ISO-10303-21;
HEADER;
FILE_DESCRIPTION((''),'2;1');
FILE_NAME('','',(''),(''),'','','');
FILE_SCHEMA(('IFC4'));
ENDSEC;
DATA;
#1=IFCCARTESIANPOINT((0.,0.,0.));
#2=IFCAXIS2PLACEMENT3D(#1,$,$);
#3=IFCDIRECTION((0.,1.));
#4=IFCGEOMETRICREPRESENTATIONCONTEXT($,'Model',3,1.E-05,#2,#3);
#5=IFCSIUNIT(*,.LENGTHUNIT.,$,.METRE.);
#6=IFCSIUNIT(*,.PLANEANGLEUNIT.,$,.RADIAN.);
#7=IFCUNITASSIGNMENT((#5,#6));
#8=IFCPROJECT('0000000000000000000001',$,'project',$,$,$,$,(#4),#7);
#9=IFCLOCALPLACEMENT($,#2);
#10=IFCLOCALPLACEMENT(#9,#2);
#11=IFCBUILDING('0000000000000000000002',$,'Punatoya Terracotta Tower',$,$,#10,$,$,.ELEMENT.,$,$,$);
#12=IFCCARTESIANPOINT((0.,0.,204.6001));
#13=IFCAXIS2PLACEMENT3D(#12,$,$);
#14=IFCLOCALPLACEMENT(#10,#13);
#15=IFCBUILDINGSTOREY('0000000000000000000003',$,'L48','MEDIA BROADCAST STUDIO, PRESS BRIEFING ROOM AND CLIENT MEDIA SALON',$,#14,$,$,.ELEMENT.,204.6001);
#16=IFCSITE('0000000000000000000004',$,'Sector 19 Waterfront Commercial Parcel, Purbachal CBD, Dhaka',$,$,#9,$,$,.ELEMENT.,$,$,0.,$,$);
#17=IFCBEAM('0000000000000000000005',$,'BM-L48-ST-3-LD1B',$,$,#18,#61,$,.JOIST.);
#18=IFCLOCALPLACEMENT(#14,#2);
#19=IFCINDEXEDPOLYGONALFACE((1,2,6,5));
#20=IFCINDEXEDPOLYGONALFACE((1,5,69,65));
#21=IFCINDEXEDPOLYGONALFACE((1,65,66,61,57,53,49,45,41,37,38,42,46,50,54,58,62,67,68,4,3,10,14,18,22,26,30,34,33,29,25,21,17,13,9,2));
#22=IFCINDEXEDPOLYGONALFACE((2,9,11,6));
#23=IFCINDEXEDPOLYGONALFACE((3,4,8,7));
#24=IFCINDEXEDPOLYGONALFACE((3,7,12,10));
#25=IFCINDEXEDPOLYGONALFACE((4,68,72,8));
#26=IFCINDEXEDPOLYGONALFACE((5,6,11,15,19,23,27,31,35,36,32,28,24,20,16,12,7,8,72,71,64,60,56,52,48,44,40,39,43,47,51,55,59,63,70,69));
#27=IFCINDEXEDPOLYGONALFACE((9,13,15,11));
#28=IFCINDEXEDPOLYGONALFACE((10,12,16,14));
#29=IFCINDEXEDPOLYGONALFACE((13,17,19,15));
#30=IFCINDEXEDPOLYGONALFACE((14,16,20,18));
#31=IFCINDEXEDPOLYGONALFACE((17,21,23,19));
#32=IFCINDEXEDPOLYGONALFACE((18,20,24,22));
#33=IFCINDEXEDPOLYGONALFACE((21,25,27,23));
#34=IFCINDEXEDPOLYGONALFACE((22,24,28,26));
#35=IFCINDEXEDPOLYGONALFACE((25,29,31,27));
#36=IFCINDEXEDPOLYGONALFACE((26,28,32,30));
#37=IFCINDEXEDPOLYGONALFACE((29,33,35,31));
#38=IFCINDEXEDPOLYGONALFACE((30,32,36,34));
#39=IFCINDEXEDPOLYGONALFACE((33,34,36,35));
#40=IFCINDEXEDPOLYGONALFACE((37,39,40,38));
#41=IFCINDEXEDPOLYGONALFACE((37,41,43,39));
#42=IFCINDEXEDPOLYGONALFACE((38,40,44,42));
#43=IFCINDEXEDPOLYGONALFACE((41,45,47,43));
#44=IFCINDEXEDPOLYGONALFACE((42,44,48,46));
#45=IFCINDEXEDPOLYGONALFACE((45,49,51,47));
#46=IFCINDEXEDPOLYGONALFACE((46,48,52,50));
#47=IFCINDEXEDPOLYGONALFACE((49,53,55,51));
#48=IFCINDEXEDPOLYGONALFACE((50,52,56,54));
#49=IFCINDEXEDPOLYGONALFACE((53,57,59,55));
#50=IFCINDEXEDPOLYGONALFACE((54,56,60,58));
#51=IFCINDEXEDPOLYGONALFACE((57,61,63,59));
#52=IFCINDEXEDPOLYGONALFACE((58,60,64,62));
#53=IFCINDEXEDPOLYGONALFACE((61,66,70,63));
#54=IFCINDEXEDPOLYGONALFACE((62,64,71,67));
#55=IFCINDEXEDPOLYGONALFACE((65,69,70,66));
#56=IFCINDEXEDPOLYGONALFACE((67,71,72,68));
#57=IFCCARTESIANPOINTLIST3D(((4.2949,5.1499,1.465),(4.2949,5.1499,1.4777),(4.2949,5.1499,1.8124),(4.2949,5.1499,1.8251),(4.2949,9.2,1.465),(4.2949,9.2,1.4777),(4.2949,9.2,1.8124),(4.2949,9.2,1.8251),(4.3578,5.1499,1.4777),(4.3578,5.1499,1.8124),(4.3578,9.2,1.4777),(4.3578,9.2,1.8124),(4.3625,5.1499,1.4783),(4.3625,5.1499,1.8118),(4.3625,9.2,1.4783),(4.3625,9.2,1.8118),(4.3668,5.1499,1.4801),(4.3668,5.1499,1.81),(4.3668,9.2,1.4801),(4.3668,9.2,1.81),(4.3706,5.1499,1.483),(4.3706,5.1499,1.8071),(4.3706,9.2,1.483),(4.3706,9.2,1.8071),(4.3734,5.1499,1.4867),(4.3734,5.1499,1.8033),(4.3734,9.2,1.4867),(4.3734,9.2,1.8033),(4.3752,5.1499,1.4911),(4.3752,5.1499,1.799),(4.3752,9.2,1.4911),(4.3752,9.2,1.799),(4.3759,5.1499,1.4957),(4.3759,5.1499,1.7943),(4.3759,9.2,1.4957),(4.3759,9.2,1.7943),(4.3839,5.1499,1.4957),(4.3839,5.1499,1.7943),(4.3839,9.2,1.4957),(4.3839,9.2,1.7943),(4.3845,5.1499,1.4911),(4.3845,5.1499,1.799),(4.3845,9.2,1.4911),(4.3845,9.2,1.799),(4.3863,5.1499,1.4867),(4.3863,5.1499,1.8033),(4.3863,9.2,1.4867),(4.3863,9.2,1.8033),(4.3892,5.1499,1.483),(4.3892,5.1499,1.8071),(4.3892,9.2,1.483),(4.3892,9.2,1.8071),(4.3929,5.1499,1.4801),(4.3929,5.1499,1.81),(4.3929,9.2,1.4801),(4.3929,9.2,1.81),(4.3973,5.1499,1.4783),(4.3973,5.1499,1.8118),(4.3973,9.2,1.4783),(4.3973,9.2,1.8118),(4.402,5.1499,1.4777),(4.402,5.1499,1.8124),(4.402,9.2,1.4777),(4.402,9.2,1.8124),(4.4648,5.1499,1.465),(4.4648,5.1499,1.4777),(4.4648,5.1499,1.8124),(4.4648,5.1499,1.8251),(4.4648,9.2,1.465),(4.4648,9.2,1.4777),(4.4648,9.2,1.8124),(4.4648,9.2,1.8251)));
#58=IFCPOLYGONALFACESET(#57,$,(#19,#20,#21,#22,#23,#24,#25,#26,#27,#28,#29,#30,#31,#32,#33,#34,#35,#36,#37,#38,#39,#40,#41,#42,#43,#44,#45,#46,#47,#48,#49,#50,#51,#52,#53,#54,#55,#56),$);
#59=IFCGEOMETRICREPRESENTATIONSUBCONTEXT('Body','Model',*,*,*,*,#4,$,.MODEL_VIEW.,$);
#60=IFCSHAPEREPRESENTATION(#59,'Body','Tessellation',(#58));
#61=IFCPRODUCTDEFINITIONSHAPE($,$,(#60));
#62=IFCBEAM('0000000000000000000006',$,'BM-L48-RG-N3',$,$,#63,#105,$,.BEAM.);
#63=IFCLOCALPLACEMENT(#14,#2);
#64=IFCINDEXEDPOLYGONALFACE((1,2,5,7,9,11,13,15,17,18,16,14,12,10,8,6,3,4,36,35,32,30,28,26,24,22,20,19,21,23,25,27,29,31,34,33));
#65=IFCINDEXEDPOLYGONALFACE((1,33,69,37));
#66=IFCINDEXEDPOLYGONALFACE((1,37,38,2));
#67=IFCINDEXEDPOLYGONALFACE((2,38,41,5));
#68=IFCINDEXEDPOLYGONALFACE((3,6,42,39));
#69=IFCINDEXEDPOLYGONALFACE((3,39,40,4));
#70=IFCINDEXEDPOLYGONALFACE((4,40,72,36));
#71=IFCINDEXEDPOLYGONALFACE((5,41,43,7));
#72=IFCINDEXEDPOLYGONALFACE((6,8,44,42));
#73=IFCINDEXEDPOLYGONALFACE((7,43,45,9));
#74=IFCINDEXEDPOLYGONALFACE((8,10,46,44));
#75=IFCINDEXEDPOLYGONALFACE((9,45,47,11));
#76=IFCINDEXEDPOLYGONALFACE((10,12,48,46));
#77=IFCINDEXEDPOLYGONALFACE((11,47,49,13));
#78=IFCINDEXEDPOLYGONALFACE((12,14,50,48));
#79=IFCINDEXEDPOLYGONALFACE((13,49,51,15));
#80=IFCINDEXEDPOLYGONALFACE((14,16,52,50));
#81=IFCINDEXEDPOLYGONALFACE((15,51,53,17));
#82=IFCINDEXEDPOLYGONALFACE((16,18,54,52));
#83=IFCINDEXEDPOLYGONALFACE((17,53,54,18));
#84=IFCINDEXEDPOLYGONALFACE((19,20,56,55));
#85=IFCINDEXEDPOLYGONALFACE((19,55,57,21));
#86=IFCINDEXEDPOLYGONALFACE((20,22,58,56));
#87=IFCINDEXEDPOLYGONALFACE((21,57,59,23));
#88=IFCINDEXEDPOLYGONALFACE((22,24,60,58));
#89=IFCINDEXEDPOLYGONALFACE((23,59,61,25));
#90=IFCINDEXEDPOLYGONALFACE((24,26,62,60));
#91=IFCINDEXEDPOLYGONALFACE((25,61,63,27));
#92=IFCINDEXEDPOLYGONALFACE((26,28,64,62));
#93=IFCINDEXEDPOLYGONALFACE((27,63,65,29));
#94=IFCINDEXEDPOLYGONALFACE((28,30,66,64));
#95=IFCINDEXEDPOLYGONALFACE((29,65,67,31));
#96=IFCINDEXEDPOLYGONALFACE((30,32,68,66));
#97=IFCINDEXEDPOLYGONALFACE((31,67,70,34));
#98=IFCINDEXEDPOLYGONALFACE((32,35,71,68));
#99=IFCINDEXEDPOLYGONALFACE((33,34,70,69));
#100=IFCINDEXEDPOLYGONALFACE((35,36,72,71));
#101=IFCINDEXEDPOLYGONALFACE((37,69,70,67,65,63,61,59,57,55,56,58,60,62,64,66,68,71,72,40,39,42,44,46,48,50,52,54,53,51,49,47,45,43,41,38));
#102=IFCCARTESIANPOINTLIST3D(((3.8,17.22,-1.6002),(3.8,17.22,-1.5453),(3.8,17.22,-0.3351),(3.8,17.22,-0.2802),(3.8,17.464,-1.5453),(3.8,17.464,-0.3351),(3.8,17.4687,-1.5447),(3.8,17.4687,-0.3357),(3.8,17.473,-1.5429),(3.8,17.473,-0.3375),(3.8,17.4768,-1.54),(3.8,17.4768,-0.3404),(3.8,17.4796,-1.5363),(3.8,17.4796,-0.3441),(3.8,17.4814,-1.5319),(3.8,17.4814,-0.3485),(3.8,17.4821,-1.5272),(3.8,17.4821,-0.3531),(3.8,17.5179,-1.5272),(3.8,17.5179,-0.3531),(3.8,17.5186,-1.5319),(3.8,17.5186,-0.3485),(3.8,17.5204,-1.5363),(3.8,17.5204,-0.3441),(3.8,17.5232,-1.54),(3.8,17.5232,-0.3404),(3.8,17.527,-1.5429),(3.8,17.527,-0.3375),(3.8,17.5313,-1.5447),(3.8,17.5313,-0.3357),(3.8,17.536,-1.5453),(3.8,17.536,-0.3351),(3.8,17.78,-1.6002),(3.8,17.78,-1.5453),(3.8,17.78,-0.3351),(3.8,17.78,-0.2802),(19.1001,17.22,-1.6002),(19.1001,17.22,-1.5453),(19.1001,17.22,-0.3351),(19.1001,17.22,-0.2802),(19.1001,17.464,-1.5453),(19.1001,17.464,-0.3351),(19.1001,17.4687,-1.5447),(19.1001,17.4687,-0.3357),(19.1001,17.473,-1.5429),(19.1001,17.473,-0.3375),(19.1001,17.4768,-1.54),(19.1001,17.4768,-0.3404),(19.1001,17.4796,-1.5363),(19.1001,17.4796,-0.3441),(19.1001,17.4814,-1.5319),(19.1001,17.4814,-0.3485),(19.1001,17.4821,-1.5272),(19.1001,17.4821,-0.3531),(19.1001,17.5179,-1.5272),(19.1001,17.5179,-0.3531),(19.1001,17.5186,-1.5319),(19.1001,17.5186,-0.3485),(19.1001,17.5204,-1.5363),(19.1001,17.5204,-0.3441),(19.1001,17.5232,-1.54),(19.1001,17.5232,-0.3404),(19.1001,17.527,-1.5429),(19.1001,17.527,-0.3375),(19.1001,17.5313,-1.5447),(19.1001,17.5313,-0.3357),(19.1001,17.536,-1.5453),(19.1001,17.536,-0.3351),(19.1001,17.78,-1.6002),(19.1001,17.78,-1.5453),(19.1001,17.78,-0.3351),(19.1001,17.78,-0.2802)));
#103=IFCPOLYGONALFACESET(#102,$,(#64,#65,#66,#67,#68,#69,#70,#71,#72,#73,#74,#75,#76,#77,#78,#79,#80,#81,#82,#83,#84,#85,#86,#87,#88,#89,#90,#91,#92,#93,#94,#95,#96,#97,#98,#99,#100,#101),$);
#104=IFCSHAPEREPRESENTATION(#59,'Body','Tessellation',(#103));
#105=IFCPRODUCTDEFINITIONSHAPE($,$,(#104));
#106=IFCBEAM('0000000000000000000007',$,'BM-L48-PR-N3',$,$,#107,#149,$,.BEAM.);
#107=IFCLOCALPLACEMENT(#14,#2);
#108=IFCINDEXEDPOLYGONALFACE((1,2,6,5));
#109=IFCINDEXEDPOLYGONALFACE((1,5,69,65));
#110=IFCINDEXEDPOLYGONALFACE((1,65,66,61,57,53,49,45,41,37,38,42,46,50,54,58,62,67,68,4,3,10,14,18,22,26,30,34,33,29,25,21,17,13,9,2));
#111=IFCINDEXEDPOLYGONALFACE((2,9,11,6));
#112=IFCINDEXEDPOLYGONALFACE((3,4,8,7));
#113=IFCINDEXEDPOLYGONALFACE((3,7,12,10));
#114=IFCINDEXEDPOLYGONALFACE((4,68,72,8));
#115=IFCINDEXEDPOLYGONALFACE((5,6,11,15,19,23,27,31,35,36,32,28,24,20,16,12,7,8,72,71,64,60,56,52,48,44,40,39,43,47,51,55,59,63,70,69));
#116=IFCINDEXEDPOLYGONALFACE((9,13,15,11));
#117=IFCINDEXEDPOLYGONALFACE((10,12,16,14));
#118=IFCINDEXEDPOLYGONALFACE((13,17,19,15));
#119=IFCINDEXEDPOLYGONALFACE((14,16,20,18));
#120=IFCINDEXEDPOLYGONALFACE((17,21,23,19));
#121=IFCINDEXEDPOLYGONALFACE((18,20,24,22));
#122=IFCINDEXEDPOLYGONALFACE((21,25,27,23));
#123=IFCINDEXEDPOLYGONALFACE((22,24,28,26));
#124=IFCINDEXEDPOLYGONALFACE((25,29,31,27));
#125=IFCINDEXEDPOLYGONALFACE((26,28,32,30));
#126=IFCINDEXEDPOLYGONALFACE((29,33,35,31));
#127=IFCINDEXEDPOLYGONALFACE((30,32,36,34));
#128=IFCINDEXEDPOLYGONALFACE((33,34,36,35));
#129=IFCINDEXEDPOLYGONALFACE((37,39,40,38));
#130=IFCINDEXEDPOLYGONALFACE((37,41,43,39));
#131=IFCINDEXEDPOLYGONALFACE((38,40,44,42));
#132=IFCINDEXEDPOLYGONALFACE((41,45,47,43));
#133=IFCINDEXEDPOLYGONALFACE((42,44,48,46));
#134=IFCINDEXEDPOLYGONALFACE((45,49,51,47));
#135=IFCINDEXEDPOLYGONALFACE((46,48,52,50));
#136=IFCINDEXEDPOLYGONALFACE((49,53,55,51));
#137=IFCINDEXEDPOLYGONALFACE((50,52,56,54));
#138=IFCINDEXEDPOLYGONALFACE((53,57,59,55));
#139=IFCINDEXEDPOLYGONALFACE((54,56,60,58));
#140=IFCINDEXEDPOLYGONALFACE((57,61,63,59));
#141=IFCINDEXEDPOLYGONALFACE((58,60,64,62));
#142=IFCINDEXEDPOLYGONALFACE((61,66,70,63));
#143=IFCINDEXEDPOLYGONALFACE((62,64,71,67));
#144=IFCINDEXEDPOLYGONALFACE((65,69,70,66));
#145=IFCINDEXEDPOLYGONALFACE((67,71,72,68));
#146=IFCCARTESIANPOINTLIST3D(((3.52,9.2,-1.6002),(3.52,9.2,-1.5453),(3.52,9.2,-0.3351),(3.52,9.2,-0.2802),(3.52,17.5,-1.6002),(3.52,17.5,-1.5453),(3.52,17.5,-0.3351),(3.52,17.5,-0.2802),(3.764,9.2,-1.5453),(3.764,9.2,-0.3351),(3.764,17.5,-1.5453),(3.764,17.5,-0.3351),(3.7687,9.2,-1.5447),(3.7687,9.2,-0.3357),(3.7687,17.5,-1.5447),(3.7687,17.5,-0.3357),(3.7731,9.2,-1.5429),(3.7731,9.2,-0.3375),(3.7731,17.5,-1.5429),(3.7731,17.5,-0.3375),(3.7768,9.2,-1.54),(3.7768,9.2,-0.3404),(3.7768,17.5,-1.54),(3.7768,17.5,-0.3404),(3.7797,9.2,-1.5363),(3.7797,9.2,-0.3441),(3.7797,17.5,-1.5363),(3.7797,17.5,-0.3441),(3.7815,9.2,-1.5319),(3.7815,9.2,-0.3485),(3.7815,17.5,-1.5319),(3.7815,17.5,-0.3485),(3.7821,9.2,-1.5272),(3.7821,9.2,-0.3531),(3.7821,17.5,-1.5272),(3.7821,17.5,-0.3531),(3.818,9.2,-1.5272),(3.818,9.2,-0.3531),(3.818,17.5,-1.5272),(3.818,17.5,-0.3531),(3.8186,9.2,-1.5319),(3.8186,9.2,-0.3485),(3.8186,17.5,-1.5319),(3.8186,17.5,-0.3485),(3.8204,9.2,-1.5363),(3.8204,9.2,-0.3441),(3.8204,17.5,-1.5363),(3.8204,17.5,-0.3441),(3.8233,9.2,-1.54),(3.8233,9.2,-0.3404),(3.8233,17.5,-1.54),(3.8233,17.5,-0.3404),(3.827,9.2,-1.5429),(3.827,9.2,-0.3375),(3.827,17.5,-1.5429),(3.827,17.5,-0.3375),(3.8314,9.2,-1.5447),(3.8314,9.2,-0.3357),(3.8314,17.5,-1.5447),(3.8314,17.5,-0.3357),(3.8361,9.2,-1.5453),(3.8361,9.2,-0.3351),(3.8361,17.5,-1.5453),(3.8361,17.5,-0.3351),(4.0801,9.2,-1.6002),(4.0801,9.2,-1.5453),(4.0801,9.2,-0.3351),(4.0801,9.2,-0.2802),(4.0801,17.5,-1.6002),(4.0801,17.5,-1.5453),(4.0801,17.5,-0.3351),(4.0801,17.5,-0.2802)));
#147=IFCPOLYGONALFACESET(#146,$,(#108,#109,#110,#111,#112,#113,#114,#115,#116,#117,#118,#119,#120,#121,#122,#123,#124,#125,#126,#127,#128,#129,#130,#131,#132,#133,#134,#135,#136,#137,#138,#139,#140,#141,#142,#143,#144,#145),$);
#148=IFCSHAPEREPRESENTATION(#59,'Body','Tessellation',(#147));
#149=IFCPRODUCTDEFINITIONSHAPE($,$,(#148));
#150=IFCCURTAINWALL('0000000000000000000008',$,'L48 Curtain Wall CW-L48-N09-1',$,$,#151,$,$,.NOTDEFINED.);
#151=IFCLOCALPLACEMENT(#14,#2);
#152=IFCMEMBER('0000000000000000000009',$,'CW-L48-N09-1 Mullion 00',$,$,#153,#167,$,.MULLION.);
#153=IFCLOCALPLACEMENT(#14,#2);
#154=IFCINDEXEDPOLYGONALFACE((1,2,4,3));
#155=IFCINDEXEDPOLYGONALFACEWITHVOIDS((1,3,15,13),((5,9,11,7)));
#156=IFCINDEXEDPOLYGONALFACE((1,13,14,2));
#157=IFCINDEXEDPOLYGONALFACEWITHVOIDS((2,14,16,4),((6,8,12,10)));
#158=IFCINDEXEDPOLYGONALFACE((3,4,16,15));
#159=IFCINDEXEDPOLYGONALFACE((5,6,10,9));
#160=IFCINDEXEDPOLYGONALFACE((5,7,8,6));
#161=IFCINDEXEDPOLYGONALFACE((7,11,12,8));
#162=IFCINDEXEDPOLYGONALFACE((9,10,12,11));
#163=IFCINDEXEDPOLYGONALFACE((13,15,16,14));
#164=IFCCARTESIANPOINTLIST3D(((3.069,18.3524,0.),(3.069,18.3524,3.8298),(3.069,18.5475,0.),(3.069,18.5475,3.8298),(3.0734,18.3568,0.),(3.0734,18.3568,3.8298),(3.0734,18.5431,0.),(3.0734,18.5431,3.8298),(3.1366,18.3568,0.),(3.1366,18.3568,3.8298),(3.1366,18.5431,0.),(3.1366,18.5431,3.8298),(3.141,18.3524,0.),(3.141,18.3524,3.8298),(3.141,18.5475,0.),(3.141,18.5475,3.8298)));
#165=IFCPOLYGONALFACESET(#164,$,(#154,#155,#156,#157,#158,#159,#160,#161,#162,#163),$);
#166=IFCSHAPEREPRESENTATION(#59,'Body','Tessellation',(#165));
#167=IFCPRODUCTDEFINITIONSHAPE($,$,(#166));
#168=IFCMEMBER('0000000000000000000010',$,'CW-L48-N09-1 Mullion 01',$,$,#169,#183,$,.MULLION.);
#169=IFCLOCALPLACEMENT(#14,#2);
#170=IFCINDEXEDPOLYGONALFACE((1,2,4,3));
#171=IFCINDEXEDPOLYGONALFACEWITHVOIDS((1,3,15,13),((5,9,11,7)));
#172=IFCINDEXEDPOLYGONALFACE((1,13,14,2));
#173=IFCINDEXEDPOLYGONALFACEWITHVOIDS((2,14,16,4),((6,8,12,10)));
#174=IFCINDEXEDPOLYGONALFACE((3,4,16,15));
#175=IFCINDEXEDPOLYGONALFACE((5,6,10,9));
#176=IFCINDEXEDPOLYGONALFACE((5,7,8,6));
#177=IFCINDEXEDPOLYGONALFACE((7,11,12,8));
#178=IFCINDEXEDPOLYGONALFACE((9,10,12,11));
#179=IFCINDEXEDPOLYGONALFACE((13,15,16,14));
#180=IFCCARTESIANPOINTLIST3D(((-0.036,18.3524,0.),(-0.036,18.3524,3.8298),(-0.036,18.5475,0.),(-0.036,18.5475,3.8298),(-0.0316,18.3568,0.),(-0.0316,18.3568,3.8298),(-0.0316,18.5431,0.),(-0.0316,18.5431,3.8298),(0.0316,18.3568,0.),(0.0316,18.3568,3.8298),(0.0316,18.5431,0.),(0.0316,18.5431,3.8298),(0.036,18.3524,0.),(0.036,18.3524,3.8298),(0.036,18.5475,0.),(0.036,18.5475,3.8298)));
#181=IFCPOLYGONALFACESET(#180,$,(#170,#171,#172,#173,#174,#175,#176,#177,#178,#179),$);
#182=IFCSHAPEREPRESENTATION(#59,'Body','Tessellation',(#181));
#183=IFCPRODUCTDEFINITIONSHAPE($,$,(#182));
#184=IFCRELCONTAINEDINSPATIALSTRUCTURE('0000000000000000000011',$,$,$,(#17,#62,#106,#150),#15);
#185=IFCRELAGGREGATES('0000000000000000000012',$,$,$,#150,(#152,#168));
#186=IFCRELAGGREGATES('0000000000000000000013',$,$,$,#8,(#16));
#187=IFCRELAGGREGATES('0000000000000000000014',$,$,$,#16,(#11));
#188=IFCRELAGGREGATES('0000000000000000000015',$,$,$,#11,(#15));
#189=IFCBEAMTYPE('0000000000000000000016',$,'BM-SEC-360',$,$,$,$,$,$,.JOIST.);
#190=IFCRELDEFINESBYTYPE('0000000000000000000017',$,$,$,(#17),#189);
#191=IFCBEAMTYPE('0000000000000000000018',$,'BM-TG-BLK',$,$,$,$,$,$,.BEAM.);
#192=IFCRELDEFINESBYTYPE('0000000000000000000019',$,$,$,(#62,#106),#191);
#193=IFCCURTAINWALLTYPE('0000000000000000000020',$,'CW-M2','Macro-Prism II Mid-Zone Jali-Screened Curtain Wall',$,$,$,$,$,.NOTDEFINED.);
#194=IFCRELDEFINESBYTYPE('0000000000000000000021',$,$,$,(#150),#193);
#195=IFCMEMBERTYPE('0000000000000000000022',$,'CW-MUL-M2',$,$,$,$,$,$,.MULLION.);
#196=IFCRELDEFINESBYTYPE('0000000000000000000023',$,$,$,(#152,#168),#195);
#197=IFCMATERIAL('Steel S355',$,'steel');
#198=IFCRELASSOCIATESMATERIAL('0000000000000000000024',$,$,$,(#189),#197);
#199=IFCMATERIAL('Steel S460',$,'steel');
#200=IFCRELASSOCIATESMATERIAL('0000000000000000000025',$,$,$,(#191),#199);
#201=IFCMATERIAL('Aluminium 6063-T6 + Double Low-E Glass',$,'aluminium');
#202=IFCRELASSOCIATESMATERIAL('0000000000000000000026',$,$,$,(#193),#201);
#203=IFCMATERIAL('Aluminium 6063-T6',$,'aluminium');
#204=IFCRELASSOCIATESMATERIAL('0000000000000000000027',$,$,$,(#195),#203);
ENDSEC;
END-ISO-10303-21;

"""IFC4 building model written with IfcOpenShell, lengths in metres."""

from ifc_helpers import new_model, si_unit, direction, frame, origin, origin_2d, place, context, subcontext, project, spatial, hollow_rectangle, i_section, extrude, material, material_profile, profile_set, type_object, element, aggregate, save


model = new_model("IFC4")

# Units and contexts
model_context = context("Model", 3, precision=1e-05, world=origin(), true_north=direction((0.0, 1.0)))
body_context = subcontext(model_context, "Body", "Model", "MODEL_VIEW")
ifc_project = project(units=[si_unit("LENGTHUNIT", "METRE"), si_unit("PLANEANGLEUNIT", "RADIAN")], contexts=[model_context])

# Site, building, storey
site_placement = place(None, origin())
site = spatial("IfcSite", under=ifc_project, at=site_placement, Name="Sector 19 Waterfront Commercial Parcel, Purbachal CBD, Dhaka", CompositionType="ELEMENT", RefElevation=0.0)
building_placement = place(site_placement, origin())
building = spatial("IfcBuilding", under=site, at=building_placement, Name="Punatoya Terracotta Tower", CompositionType="ELEMENT")
storey_placement = place(building_placement, frame((0.0, 0.0, 204.6001)))
storey = spatial("IfcBuildingStorey", under=building, at=storey_placement, Name="L48", Description="MEDIA BROADCAST STUDIO, PRESS BRIEFING ROOM AND CLIENT MEDIA SALON", CompositionType="ELEMENT", Elevation=204.6001)

# Shared definitions
ifc_material_1 = material(Name="Steel S460", Category="steel")

# Beams
ifc_material_2 = material(Name="Steel S355", Category="steel")
ifc_material_profile_1 = material_profile(ifc_material_2, i_section(OverallWidth=0.1699, OverallDepth=0.3601, WebThickness=0.0081, FlangeThickness=0.0127, FilletRadius=0.0181, at=origin_2d()))
ifc_profile_set_1 = profile_set([ifc_material_profile_1], Name="Steel S355")
beam_type_1 = type_object("IfcBeamType", Name="BM-SEC-360", PredefinedType="JOIST", material=ifc_profile_set_1)
for number, where, z_axis, x_axis, name in (
    (1, (4.3799, 5.1499, 1.645), (0.0, 1.0, 0.0), (-1.0, 0.0, 0.0), "BM-L48-ST-3-LD1B"),
):
    element("IfcBeam", number, at=place(storey_placement, frame(where, z_axis=z_axis, x_axis=x_axis)), inside=storey, type_object=beam_type_1, Name=name, PredefinedType="JOIST", context=body_context, shape_type="SweptSolid", body=[
        extrude(i_section(OverallWidth=0.1699, OverallDepth=0.3601, WebThickness=0.0081, FlangeThickness=0.0127, FilletRadius=0.0181, at=origin_2d()), origin(), (0.0, 0.0, 1.0), 4.05),
    ])
ifc_material_profile_2 = material_profile(ifc_material_1, i_section(OverallWidth=0.5601, OverallDepth=1.3201, WebThickness=0.0359, FlangeThickness=0.0549, FilletRadius=0.0181, at=origin_2d()))
ifc_profile_set_2 = profile_set([ifc_material_profile_2], Name="Steel S460")
beam_type_2 = type_object("IfcBeamType", Name="BM-TG-BLK", PredefinedType="BEAM", material=ifc_profile_set_2)
beam_1_placement = place(storey_placement, frame((3.8, 17.5, -0.9402), z_axis=(1.0, 0.0, 0.0), x_axis=(0.0, 1.0, 0.0)))
element("IfcBeam", 2, at=beam_1_placement, inside=storey, type_object=beam_type_2, Name="BM-L48-RG-N3", PredefinedType="BEAM", context=body_context, shape_type="SweptSolid", body=[
    extrude(i_section(OverallWidth=0.5601, OverallDepth=1.3201, WebThickness=0.0359, FlangeThickness=0.0549, FilletRadius=0.0181, at=origin_2d()), origin(), (0.0, 0.0, 1.0), 15.3),
])
beam_2_placement = place(storey_placement, frame((3.8, 9.2, -0.9402), z_axis=(0.0, 1.0, 0.0), x_axis=(-1.0, 0.0, 0.0)))
element("IfcBeam", 3, at=beam_2_placement, inside=storey, type_object=beam_type_2, Name="BM-L48-PR-N3", PredefinedType="BEAM", context=body_context, shape_type="SweptSolid", body=[
    extrude(i_section(OverallWidth=0.5601, OverallDepth=1.3201, WebThickness=0.0359, FlangeThickness=0.0549, FilletRadius=0.0181, at=origin_2d()), origin(), (0.0, 0.0, 1.0), 8.3),
])

# Curtain wall, members
ifc_material_3 = material(Name="Aluminium 6063-T6 + Double Low-E Glass", Category="aluminium")
curtain_wall_type = type_object("IfcCurtainWallType", Name="CW-M2", Description="Macro-Prism II Mid-Zone Jali-Screened Curtain Wall", PredefinedType="NOTDEFINED", material=ifc_material_3)
curtain_wall_placement = place(storey_placement, origin())
curtain_wall = element("IfcCurtainWall", 4, at=curtain_wall_placement, inside=storey, type_object=curtain_wall_type, Name="L48 Curtain Wall CW-L48-N09-1", PredefinedType="NOTDEFINED")
ifc_material_4 = material(Name="Aluminium 6063-T6", Category="aluminium")
ifc_material_profile_3 = material_profile(ifc_material_4, hollow_rectangle(XDim=0.072, YDim=0.1951, WallThickness=0.0044, at=origin_2d()))
ifc_profile_set_3 = profile_set([ifc_material_profile_3], Name="Aluminium 6063-T6")
member_type_1 = type_object("IfcMemberType", Name="CW-MUL-M2", PredefinedType="MULLION", material=ifc_profile_set_3)
member_1_placement = place(storey_placement, frame((3.105, 18.45, 0.0), z_axis=(0.0, 0.0, 1.0), x_axis=(1.0, 0.0, 0.0)))
member_1 = element("IfcMember", 5, at=member_1_placement, type_object=member_type_1, Name="CW-L48-N09-1 Mullion 00", PredefinedType="MULLION", context=body_context, shape_type="SweptSolid", body=[
    extrude(hollow_rectangle(XDim=0.072, YDim=0.1951, WallThickness=0.0044, at=origin_2d()), origin(), (0.0, 0.0, 1.0), 3.8298),
])
member_2_placement = place(storey_placement, frame((0.0, 18.45, 0.0), z_axis=(0.0, 0.0, 1.0), x_axis=(1.0, 0.0, 0.0)))
member_2 = element("IfcMember", 6, at=member_2_placement, type_object=member_type_1, Name="CW-L48-N09-1 Mullion 01", PredefinedType="MULLION", context=body_context, shape_type="SweptSolid", body=[
    extrude(hollow_rectangle(XDim=0.072, YDim=0.1951, WallThickness=0.0044, at=origin_2d()), origin(), (0.0, 0.0, 1.0), 3.8298),
])

aggregate(curtain_wall, [member_1, member_2])

save(model, "model.ifc")
